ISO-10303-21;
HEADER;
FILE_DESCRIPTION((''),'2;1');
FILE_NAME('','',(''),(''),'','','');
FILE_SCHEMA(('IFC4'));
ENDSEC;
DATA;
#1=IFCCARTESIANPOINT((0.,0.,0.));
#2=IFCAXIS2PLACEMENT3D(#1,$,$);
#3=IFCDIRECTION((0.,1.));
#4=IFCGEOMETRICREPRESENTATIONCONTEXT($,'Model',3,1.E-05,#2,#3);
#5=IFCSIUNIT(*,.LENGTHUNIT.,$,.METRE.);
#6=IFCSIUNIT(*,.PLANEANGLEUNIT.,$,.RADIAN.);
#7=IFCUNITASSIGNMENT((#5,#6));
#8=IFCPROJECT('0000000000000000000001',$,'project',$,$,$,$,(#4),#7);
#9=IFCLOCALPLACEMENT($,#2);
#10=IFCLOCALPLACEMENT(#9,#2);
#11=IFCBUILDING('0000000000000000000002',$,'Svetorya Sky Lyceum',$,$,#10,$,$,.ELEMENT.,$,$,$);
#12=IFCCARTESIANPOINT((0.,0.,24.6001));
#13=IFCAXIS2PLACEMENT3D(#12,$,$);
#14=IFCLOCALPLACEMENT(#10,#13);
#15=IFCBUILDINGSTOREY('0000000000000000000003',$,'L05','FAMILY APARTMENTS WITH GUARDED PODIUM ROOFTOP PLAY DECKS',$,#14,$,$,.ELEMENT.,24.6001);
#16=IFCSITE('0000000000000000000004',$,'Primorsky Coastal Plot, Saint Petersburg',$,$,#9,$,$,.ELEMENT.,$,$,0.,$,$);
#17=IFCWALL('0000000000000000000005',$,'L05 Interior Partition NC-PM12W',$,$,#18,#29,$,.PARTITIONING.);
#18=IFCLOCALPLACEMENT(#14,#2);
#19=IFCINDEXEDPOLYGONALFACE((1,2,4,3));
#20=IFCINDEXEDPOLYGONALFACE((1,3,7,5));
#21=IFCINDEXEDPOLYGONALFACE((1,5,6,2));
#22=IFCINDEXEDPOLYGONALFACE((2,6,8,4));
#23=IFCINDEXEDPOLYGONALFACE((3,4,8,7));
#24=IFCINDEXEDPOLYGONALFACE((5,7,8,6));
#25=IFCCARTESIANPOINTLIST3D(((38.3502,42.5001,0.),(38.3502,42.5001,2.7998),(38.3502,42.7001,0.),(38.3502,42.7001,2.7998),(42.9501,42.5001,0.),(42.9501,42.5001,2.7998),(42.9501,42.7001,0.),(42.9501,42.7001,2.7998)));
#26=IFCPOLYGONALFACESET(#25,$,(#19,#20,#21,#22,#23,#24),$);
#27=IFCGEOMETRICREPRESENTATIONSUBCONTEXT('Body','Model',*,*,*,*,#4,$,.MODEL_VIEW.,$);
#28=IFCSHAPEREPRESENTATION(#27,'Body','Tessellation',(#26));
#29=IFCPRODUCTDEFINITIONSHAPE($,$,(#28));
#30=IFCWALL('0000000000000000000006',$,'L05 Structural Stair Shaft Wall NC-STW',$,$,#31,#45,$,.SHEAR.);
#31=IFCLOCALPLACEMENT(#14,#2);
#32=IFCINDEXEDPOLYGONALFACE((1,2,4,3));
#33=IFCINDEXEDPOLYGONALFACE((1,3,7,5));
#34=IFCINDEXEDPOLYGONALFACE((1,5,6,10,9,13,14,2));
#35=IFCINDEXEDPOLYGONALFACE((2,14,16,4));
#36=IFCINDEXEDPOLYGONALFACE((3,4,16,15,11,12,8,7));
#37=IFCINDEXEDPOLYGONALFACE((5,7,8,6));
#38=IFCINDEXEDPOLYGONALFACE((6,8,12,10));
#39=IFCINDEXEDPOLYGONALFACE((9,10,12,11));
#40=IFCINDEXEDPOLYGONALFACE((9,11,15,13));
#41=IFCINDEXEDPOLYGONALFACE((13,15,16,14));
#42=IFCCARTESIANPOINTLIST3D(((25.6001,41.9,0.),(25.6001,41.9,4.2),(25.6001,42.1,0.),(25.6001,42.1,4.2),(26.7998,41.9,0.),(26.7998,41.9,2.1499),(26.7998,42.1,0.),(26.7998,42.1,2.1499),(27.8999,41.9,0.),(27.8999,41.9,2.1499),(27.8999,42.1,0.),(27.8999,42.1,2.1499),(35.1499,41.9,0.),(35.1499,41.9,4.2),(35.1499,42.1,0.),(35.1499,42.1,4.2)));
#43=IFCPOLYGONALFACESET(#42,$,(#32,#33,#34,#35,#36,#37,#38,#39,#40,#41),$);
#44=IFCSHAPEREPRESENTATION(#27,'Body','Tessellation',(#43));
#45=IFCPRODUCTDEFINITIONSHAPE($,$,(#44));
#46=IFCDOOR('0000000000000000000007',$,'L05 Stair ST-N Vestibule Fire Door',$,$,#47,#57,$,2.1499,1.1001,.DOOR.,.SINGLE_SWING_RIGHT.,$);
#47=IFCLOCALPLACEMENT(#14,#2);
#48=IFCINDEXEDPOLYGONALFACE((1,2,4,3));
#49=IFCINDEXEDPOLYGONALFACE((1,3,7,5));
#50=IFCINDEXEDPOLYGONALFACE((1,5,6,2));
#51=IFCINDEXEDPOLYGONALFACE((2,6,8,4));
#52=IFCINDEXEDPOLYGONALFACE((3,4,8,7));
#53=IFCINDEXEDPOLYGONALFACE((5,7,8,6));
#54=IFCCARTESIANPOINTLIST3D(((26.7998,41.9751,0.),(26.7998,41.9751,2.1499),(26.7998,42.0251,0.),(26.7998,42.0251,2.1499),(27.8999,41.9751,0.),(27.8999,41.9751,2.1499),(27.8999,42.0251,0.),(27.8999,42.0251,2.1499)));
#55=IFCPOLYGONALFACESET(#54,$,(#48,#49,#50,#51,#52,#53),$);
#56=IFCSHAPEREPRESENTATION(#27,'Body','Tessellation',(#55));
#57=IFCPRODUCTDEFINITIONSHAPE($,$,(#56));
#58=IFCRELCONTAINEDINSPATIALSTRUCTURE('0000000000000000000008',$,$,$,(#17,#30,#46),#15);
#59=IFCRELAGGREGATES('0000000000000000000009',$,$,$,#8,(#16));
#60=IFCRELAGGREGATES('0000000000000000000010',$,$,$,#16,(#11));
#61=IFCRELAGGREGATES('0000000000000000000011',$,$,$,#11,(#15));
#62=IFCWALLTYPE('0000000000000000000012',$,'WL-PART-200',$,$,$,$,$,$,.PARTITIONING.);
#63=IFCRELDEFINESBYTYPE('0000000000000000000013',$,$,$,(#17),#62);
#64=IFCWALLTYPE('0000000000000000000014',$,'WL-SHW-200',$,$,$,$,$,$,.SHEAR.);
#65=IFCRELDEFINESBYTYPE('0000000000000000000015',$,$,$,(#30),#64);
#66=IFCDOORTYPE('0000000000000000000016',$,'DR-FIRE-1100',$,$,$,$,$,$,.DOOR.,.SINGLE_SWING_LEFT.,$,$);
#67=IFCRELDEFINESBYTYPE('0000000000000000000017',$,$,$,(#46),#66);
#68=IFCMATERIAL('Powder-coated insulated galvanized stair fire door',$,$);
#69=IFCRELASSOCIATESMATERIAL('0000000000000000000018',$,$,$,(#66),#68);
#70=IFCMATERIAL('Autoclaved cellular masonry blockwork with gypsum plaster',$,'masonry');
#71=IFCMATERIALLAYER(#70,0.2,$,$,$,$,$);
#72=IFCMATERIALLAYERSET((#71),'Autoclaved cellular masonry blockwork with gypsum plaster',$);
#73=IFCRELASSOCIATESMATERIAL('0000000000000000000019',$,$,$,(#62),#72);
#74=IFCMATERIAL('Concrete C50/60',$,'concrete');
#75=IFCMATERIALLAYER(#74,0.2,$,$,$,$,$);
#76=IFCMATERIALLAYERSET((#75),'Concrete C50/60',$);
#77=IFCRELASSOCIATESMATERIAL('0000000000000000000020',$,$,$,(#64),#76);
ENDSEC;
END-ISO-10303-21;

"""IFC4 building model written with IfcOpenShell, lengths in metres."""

from ifc_helpers import new_model, si_unit, direction, frame, frame_2d, origin, place, context, subcontext, project, spatial, rectangle, extrude, material, layer, layer_set, type_object, element, fill, save


model = new_model("IFC4")

# Units and contexts
model_context = context("Model", 3, precision=1e-05, world=origin(), true_north=direction((0.0, 1.0)))
body_context = subcontext(model_context, "Body", "Model", "MODEL_VIEW")
ifc_project = project(units=[si_unit("LENGTHUNIT", "METRE"), si_unit("PLANEANGLEUNIT", "RADIAN")], contexts=[model_context])

# Site, building, storey
site_placement = place(None, origin())
site = spatial("IfcSite", under=ifc_project, at=site_placement, Name="Primorsky Coastal Plot, Saint Petersburg", CompositionType="ELEMENT", RefElevation=0.0)
building_placement = place(site_placement, origin())
building = spatial("IfcBuilding", under=site, at=building_placement, Name="Svetorya Sky Lyceum", CompositionType="ELEMENT")
storey_placement = place(building_placement, frame((0.0, 0.0, 24.6001)))
storey = spatial("IfcBuildingStorey", under=building, at=storey_placement, Name="L05", Description="FAMILY APARTMENTS WITH GUARDED PODIUM ROOFTOP PLAY DECKS", CompositionType="ELEMENT", Elevation=24.6001)

# Shared definitions
ifc_material_1 = material(Name="Powder-coated insulated galvanized stair fire door")
door_type_1 = type_object("IfcDoorType", Name="DR-FIRE-1100", OperationType="SINGLE_SWING_LEFT", PredefinedType="DOOR", material=ifc_material_1)

# Shared definitions
ifc_material_2 = material(Name="Autoclaved cellular masonry blockwork with gypsum plaster", Category="masonry")
ifc_layer_1 = layer(ifc_material_2, 0.2)
ifc_layer_set_1 = layer_set([ifc_layer_1], Name="Autoclaved cellular masonry blockwork with gypsum plaster")
wall_type_1 = type_object("IfcWallType", Name="WL-PART-200", PredefinedType="PARTITIONING", material=ifc_layer_set_1)

# Wall
wall_1_placement = place(storey_placement, frame((42.95, 42.6001, 0.0), z_axis=(0.0, 0.0, 1.0), x_axis=(-1.0, 0.0, 0.0)))
element("IfcWall", 1, at=wall_1_placement, inside=storey, type_object=wall_type_1, Name="L05 Interior Partition NC-PM12W", PredefinedType="PARTITIONING", context=body_context, shape_type="SweptSolid", body=[
    extrude(rectangle(XDim=4.5999, YDim=0.2, at=frame_2d((2.2998, 0.0))), origin(), (0.0, 0.0, 1.0), 2.7998),
])

# Wall, opening, door
ifc_material_3 = material(Name="Concrete C50/60", Category="concrete")
ifc_layer_2 = layer(ifc_material_3, 0.2)
ifc_layer_set_2 = layer_set([ifc_layer_2], Name="Concrete C50/60")
wall_type_2 = type_object("IfcWallType", Name="WL-SHW-200", PredefinedType="SHEAR", material=ifc_layer_set_2)
wall_2_placement = place(storey_placement, frame((35.1499, 42.0, 0.0), z_axis=(0.0, 0.0, 1.0), x_axis=(-1.0, 0.0, 0.0)))
wall_2 = element("IfcWall", 2, at=wall_2_placement, inside=storey, type_object=wall_type_2, Name="L05 Structural Stair Shaft Wall NC-STW", PredefinedType="SHEAR", context=body_context, shape_type="SweptSolid", body=[
    extrude(rectangle(XDim=9.5498, YDim=0.2, at=frame_2d((4.7749, 0.0))), origin(), (0.0, 0.0, 1.0), 4.2),
])
opening_1_placement = place(wall_2_placement, frame((7.25, 0.0, 0.0)))
opening_1 = element("IfcOpeningElement", 3, at=opening_1_placement, cuts=wall_2, PredefinedType="OPENING", context=body_context, shape_type="SweptSolid", body=[
    extrude(rectangle(XDim=1.1001, YDim=2.1499, at=frame_2d((0.55, 1.075))), frame((0.0, 0.1099, 0.0), z_axis=(0.0, -1.0, 0.0), x_axis=(1.0, 0.0, 0.0)), (0.0, 0.0, 1.0), 0.22),
])
door_1_placement = place(opening_1_placement, origin())
door_1 = element("IfcDoor", 4, at=door_1_placement, inside=storey, type_object=door_type_1, Name="L05 Stair ST-N Vestibule Fire Door", OperationType="SINGLE_SWING_RIGHT", OverallHeight=2.1499, OverallWidth=1.1001, PredefinedType="DOOR", context=body_context, shape_type="SweptSolid", body=[
    extrude(rectangle(XDim=1.1001, YDim=2.1499, at=frame_2d((0.55, 1.075))), frame((0.0, 0.0249, 0.0), z_axis=(0.0, -1.0, 0.0), x_axis=(1.0, 0.0, 0.0)), (0.0, 0.0, 1.0), 0.05),
])
fill(opening_1, door_1)

save(model, "model.ifc")
